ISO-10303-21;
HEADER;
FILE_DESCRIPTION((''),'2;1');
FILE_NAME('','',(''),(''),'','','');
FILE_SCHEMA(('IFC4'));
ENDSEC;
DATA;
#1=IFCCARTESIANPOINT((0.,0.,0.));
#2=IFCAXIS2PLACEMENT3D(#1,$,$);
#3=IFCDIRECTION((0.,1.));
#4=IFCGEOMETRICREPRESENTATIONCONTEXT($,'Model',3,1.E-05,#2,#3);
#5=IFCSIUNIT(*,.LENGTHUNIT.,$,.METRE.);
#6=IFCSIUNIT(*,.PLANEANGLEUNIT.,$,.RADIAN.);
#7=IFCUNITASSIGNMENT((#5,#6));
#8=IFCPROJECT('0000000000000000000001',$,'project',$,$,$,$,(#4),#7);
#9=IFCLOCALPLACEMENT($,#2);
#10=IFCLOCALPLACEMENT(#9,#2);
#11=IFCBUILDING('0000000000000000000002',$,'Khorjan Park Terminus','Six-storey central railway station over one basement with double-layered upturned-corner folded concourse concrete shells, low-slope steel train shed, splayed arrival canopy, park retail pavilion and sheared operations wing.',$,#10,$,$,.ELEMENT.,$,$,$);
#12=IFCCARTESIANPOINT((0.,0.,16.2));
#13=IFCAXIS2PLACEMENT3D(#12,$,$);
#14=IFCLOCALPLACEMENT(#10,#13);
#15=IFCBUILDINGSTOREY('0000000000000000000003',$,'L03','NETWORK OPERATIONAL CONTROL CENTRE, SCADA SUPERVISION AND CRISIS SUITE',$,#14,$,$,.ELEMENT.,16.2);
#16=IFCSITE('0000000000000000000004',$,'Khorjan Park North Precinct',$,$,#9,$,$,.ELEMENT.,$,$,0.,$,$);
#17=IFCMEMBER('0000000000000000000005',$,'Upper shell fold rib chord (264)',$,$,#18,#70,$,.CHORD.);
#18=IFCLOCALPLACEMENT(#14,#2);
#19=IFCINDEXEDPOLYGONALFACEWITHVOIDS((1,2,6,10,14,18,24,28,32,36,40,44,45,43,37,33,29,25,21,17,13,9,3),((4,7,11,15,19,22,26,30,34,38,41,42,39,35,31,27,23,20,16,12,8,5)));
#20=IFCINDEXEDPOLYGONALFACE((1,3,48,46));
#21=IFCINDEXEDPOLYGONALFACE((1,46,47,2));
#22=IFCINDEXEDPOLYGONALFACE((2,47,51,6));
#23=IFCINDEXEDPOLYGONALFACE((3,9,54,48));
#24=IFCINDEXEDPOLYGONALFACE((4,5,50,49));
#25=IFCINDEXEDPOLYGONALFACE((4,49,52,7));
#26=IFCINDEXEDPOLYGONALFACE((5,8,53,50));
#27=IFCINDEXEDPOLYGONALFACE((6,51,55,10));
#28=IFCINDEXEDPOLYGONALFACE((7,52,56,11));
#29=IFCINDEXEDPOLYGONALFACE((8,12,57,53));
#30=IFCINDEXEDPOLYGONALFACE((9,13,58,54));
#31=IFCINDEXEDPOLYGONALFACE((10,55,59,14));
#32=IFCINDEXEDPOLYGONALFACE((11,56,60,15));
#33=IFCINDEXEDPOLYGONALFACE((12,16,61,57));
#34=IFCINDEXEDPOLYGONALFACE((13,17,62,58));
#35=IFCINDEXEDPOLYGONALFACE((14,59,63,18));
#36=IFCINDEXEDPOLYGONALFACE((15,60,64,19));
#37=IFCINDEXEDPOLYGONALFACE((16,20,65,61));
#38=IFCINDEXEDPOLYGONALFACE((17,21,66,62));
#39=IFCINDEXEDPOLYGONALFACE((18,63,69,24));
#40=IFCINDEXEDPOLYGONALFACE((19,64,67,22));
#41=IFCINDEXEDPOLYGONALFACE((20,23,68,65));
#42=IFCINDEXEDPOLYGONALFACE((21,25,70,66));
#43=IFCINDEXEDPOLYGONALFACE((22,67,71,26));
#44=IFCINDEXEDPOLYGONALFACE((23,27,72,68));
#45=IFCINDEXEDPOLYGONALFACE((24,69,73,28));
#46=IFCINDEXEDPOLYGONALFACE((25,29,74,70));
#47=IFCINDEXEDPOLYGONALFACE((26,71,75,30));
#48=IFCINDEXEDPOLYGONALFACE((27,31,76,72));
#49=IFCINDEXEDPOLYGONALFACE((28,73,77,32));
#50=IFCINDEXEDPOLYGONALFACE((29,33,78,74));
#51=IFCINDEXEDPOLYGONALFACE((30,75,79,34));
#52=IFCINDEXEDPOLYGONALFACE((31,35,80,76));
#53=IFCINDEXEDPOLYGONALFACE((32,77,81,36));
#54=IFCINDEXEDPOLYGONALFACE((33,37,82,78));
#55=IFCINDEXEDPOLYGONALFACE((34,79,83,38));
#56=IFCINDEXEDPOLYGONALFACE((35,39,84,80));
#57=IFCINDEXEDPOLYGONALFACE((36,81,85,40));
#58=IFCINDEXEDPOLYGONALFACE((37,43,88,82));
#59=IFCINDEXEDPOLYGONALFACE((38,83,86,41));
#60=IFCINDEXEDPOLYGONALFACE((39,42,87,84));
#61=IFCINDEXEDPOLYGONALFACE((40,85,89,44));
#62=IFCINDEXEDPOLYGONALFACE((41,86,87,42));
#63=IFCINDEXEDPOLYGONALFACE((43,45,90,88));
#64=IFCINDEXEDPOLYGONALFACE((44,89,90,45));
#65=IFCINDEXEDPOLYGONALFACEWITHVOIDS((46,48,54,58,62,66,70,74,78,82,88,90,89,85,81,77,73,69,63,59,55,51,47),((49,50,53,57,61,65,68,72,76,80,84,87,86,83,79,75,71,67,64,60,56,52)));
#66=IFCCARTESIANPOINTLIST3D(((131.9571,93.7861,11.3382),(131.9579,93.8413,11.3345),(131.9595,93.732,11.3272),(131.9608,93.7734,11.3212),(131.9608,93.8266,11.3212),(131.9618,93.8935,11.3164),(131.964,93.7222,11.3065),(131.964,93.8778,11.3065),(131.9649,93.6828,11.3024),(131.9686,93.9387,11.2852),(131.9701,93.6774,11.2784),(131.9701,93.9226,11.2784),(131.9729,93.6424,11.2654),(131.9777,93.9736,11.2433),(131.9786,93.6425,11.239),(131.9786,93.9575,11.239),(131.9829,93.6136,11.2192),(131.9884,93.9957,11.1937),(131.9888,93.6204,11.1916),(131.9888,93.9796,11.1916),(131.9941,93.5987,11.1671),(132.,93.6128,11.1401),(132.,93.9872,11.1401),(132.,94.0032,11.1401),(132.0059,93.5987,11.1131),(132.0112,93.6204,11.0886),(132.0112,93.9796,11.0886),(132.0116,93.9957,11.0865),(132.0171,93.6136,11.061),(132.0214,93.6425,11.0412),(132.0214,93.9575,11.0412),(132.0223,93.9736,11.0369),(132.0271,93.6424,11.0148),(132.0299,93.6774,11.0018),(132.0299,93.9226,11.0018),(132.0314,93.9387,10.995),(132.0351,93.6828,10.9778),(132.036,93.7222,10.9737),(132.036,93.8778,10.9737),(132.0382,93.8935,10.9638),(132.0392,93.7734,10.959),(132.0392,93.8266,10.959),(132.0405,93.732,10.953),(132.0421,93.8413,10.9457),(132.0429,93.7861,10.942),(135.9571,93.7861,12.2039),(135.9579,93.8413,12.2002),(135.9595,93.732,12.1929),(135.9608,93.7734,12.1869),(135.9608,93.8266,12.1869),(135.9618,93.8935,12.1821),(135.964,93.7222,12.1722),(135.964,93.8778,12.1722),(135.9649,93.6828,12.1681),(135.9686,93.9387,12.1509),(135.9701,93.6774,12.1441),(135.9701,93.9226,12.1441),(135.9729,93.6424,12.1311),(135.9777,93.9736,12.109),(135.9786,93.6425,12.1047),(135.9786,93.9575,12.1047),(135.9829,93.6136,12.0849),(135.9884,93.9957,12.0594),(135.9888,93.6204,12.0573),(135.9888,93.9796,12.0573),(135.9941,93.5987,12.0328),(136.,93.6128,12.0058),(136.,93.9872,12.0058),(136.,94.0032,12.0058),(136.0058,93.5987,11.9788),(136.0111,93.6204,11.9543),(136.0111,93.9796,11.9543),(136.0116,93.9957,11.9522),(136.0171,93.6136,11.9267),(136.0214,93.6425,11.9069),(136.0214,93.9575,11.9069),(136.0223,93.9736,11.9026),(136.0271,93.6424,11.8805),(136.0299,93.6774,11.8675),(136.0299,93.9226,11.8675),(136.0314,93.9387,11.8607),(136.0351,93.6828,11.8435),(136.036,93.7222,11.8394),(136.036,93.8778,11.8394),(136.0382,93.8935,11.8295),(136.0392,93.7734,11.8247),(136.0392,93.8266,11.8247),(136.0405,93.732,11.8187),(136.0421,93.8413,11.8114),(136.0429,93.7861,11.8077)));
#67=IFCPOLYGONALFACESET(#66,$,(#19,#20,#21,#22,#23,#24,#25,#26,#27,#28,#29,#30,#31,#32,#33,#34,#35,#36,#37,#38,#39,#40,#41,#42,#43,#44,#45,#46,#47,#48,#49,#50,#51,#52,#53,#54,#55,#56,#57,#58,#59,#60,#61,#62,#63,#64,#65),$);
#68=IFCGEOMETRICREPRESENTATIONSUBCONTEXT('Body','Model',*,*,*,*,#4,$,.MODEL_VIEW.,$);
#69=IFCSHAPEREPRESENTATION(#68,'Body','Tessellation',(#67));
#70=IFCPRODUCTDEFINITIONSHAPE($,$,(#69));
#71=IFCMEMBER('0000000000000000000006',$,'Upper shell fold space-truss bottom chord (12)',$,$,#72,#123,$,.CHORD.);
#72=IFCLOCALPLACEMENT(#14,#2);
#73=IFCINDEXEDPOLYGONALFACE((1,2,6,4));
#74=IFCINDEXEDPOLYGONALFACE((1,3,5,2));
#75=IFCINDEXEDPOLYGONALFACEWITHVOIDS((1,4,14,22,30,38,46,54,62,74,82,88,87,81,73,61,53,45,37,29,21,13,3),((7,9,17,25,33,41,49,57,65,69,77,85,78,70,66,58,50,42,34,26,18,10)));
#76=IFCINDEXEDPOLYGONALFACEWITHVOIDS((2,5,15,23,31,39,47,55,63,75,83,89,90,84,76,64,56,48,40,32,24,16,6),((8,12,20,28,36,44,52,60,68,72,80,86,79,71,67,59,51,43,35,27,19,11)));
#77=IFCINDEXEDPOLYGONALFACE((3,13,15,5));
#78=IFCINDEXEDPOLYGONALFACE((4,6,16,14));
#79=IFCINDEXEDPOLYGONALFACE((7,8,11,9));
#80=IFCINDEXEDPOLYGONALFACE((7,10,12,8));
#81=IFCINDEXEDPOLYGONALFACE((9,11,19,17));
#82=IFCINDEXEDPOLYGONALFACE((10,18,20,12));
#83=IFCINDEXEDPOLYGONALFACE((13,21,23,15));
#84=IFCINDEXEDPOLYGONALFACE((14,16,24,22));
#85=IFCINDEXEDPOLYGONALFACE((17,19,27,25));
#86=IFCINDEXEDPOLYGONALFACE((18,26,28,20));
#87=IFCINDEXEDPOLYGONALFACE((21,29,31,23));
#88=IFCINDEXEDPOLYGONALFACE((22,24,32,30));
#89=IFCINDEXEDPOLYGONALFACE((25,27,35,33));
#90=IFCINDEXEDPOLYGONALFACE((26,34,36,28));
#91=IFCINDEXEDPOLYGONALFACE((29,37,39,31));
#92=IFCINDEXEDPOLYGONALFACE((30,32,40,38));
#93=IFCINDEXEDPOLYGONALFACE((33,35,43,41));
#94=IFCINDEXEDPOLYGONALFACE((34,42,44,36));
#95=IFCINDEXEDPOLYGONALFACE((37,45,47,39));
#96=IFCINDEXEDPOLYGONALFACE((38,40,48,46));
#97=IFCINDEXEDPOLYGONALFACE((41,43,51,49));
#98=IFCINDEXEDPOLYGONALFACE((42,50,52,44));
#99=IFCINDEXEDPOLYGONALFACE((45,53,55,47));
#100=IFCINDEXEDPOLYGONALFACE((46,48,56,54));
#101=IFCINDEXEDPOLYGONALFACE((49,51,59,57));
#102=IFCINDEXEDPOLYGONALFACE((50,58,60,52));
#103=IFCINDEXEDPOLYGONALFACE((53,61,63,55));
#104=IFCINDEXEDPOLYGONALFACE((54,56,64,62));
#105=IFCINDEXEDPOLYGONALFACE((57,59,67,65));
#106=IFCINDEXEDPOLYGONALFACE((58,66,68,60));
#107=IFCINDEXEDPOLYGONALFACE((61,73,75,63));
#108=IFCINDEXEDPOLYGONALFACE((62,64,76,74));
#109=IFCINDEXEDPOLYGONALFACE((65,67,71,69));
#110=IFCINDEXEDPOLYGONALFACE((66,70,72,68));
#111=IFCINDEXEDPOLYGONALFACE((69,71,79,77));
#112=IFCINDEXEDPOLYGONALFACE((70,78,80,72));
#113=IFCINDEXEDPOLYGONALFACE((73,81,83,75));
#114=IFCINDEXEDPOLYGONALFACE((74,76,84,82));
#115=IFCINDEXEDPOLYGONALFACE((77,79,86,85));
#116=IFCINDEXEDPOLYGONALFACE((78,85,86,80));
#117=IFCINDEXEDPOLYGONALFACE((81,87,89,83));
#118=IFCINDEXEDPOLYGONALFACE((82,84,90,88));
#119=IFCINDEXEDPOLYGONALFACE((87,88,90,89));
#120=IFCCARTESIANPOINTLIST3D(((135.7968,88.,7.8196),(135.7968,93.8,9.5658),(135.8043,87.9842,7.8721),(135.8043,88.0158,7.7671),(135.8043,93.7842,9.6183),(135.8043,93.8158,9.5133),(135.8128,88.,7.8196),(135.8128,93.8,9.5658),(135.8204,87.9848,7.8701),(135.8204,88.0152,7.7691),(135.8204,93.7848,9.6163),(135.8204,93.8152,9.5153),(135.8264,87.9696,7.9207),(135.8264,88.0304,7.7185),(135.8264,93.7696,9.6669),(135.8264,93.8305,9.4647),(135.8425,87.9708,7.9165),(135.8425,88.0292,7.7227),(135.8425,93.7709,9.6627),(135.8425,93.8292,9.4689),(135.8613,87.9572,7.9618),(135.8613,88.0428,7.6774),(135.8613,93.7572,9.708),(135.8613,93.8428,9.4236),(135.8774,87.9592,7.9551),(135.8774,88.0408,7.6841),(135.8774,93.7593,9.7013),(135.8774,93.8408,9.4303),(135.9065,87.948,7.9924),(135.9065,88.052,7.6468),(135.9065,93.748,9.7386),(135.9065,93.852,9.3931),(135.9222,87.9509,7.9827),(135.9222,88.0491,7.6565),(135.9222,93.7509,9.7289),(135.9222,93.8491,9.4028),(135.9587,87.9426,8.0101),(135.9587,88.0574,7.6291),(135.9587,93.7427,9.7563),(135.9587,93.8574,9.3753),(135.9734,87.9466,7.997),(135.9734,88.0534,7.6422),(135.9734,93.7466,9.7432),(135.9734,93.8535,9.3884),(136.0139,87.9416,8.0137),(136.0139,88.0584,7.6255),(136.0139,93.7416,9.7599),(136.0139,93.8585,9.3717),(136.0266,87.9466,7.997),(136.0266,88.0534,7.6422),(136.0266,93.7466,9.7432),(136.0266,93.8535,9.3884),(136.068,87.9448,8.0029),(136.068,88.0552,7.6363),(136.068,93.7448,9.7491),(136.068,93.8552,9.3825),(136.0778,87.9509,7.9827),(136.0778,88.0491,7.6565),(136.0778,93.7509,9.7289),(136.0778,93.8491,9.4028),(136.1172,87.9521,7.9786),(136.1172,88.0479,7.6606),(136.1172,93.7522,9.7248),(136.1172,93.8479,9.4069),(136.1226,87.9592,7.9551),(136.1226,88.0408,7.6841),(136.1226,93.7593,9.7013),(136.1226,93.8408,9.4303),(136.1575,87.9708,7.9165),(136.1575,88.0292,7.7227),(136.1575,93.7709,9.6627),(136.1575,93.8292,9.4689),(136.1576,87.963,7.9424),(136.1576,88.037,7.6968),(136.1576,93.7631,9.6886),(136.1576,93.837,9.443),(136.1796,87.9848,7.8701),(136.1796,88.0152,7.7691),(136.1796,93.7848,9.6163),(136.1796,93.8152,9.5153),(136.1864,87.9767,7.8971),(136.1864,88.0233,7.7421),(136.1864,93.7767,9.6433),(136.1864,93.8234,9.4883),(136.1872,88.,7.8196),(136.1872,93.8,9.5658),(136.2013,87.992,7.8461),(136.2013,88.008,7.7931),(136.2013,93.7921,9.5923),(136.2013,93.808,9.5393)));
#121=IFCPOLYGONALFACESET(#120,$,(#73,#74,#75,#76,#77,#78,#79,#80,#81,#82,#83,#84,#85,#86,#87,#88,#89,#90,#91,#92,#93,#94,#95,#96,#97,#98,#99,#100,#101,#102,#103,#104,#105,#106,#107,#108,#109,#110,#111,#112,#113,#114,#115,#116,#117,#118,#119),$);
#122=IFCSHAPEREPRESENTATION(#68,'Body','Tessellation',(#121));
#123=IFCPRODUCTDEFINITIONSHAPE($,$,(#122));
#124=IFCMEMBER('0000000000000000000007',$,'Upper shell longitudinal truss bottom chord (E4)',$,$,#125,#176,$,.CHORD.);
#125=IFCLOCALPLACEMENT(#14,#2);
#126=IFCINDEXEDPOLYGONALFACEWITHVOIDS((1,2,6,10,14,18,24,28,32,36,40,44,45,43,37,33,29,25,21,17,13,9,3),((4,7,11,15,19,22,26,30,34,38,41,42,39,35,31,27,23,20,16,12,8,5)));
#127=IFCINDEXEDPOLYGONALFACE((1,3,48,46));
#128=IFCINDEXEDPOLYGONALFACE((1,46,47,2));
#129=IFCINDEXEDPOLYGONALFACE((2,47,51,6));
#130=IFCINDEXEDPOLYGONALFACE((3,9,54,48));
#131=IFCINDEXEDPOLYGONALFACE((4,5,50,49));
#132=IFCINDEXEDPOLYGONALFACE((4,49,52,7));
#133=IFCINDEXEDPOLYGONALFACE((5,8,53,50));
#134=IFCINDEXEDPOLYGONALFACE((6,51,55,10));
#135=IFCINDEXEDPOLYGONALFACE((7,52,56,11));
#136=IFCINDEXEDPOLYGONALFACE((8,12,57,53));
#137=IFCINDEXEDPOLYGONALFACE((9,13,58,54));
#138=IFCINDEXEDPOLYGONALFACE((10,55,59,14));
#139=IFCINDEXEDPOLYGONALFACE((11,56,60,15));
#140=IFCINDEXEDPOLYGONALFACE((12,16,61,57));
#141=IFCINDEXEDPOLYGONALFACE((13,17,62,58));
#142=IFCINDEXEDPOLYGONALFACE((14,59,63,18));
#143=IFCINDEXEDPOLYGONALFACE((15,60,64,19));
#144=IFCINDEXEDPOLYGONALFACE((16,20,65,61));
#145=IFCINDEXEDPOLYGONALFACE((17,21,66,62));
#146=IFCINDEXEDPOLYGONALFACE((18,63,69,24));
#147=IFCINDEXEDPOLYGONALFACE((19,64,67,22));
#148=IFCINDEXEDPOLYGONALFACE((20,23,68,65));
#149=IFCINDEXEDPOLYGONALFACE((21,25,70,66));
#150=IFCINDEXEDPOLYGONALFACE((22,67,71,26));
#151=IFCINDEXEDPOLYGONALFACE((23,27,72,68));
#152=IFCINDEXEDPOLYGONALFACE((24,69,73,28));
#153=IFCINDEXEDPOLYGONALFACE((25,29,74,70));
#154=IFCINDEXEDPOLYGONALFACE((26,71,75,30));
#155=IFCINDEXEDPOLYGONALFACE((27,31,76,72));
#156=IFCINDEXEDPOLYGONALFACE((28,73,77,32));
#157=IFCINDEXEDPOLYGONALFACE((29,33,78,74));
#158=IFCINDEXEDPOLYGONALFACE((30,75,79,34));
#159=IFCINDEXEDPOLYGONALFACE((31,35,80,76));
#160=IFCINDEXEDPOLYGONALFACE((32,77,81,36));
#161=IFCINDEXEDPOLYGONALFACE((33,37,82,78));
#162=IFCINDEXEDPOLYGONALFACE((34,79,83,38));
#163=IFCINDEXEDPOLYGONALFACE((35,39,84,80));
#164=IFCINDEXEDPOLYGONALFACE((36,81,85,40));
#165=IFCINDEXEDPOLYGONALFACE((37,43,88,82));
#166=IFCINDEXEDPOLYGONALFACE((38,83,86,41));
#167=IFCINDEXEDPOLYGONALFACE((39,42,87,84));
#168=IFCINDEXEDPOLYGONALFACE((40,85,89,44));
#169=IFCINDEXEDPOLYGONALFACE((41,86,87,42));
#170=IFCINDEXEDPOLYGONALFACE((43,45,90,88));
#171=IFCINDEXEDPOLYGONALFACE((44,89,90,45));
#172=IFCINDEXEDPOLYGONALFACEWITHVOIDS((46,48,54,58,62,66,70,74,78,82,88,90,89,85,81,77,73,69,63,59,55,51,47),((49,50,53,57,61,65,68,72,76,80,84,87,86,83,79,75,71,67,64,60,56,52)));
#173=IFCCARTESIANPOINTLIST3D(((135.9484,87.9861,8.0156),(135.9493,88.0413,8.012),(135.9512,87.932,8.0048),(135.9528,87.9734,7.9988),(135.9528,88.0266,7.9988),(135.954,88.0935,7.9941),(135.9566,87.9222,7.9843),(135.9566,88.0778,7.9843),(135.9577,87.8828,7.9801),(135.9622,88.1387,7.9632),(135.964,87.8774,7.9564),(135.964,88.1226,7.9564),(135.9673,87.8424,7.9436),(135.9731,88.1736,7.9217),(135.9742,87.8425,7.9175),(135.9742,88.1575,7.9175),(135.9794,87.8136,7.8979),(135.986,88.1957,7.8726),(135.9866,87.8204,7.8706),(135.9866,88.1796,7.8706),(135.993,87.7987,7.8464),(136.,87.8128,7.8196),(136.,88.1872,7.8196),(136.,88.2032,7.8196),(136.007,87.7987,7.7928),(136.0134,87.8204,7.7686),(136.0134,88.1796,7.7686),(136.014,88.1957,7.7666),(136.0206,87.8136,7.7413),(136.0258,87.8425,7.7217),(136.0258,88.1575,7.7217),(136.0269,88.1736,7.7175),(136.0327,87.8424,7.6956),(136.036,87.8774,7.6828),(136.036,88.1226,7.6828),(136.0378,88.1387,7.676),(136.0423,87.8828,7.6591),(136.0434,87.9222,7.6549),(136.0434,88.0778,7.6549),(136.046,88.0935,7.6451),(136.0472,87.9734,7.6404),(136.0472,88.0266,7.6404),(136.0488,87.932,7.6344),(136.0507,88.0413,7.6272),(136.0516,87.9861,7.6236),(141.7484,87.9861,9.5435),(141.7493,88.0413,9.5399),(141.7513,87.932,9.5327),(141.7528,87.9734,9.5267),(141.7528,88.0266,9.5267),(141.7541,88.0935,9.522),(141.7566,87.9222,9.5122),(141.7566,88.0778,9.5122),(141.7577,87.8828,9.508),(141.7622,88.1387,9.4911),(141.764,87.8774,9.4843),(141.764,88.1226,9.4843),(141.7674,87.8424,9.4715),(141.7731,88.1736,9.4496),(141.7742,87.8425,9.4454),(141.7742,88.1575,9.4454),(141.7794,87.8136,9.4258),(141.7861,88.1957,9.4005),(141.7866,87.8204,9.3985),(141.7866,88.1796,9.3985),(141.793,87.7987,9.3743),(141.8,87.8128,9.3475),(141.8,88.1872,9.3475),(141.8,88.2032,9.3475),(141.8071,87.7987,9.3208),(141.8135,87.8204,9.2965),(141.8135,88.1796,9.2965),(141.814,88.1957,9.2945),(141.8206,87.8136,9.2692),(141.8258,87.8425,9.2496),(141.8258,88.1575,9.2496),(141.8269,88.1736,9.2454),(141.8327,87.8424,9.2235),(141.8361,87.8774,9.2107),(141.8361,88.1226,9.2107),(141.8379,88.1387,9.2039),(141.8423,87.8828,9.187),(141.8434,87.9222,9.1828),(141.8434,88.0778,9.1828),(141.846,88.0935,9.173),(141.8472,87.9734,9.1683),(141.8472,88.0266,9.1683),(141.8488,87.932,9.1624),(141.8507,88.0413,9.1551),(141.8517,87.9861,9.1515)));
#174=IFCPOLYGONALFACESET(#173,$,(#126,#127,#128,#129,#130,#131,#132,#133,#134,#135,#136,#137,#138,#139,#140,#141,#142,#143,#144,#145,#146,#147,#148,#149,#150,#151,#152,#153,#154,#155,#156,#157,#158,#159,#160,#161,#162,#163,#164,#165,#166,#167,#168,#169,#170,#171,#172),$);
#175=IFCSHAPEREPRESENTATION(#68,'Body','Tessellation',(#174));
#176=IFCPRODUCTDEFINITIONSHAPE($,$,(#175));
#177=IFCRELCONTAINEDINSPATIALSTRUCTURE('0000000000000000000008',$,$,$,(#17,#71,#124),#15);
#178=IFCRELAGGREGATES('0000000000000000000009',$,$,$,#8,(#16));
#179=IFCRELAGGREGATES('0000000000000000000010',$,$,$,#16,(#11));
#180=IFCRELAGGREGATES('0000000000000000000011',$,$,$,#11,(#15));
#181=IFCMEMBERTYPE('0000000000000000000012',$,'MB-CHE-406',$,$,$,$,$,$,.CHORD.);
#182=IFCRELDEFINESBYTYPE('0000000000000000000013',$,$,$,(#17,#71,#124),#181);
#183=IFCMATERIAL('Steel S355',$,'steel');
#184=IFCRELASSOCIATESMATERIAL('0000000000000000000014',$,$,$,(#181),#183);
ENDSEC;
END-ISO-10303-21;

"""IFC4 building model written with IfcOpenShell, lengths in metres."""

from ifc_helpers import new_model, si_unit, direction, frame, origin, origin_2d, place, context, subcontext, project, spatial, hollow_circle, extrude, material, material_profile, profile_set, type_object, element, save


model = new_model("IFC4")

# Units and contexts
model_context = context("Model", 3, precision=1e-05, world=origin(), true_north=direction((0.0, 1.0)))
body_context = subcontext(model_context, "Body", "Model", "MODEL_VIEW")
ifc_project = project(units=[si_unit("LENGTHUNIT", "METRE"), si_unit("PLANEANGLEUNIT", "RADIAN")], contexts=[model_context])

# Site, building, storey
site_placement = place(None, origin())
site = spatial("IfcSite", under=ifc_project, at=site_placement, Name="Khorjan Park North Precinct", CompositionType="ELEMENT", RefElevation=0.0)
building_placement = place(site_placement, origin())
building = spatial("IfcBuilding", under=site, at=building_placement, Name="Khorjan Park Terminus", Description="Six-storey central railway station over one basement with double-layered upturned-corner folded concourse concrete shells, low-slope steel train shed, splayed arrival canopy, park retail pavilion and sheared operations wing.", CompositionType="ELEMENT")
storey_placement = place(building_placement, frame((0.0, 0.0, 16.2)))
storey = spatial("IfcBuildingStorey", under=building, at=storey_placement, Name="L03", Description="NETWORK OPERATIONAL CONTROL CENTRE, SCADA SUPERVISION AND CRISIS SUITE", CompositionType="ELEMENT", Elevation=16.2)

# Members
ifc_material_1 = material(Name="Steel S355", Category="steel")
ifc_material_profile_1 = material_profile(ifc_material_1, hollow_circle(Radius=0.2032, WallThickness=0.016, at=origin_2d()), Name="CHS 406.4x16")
ifc_profile_set_1 = profile_set([ifc_material_profile_1], Name="Steel S355")
member_type_1 = type_object("IfcMemberType", Name="MB-CHE-406", PredefinedType="CHORD", material=ifc_profile_set_1)
member_1_placement = place(storey_placement, frame((132.0, 93.8, 11.1401), z_axis=(0.977372, 0.0, 0.211528), x_axis=(0.0, 1.0, 0.0)))
element("IfcMember", 1, at=member_1_placement, inside=storey, type_object=member_type_1, Name="Upper shell fold rib chord (264)", PredefinedType="CHORD", context=body_context, shape_type="SweptSolid", body=[
    extrude(hollow_circle(Radius=0.2032, WallThickness=0.016, at=origin_2d()), origin(), (0.0, 0.0, 1.0), 4.0926),
])
member_2_placement = place(storey_placement, frame((136.0, 88.0, 7.8196), z_axis=(0.0, 0.957544, 0.288287), x_axis=(-1.0, 0.0, 0.0)))
element("IfcMember", 2, at=member_2_placement, inside=storey, type_object=member_type_1, Name="Upper shell fold space-truss bottom chord (12)", PredefinedType="CHORD", context=body_context, shape_type="SweptSolid", body=[
    extrude(hollow_circle(Radius=0.2032, WallThickness=0.016, at=origin_2d()), origin(), (0.0, 0.0, 1.0), 6.0572),
])
member_3_placement = place(storey_placement, frame((136.0, 88.0, 7.8196), z_axis=(0.967009, 0.0, 0.25474), x_axis=(0.0, 1.0, 0.0)))
element("IfcMember", 3, at=member_3_placement, inside=storey, type_object=member_type_1, Name="Upper shell longitudinal truss bottom chord (E4)", PredefinedType="CHORD", context=body_context, shape_type="SweptSolid", body=[
    extrude(hollow_circle(Radius=0.2032, WallThickness=0.016, at=origin_2d()), origin(), (0.0, 0.0, 1.0), 5.9979),
])

save(model, "model.ifc")
